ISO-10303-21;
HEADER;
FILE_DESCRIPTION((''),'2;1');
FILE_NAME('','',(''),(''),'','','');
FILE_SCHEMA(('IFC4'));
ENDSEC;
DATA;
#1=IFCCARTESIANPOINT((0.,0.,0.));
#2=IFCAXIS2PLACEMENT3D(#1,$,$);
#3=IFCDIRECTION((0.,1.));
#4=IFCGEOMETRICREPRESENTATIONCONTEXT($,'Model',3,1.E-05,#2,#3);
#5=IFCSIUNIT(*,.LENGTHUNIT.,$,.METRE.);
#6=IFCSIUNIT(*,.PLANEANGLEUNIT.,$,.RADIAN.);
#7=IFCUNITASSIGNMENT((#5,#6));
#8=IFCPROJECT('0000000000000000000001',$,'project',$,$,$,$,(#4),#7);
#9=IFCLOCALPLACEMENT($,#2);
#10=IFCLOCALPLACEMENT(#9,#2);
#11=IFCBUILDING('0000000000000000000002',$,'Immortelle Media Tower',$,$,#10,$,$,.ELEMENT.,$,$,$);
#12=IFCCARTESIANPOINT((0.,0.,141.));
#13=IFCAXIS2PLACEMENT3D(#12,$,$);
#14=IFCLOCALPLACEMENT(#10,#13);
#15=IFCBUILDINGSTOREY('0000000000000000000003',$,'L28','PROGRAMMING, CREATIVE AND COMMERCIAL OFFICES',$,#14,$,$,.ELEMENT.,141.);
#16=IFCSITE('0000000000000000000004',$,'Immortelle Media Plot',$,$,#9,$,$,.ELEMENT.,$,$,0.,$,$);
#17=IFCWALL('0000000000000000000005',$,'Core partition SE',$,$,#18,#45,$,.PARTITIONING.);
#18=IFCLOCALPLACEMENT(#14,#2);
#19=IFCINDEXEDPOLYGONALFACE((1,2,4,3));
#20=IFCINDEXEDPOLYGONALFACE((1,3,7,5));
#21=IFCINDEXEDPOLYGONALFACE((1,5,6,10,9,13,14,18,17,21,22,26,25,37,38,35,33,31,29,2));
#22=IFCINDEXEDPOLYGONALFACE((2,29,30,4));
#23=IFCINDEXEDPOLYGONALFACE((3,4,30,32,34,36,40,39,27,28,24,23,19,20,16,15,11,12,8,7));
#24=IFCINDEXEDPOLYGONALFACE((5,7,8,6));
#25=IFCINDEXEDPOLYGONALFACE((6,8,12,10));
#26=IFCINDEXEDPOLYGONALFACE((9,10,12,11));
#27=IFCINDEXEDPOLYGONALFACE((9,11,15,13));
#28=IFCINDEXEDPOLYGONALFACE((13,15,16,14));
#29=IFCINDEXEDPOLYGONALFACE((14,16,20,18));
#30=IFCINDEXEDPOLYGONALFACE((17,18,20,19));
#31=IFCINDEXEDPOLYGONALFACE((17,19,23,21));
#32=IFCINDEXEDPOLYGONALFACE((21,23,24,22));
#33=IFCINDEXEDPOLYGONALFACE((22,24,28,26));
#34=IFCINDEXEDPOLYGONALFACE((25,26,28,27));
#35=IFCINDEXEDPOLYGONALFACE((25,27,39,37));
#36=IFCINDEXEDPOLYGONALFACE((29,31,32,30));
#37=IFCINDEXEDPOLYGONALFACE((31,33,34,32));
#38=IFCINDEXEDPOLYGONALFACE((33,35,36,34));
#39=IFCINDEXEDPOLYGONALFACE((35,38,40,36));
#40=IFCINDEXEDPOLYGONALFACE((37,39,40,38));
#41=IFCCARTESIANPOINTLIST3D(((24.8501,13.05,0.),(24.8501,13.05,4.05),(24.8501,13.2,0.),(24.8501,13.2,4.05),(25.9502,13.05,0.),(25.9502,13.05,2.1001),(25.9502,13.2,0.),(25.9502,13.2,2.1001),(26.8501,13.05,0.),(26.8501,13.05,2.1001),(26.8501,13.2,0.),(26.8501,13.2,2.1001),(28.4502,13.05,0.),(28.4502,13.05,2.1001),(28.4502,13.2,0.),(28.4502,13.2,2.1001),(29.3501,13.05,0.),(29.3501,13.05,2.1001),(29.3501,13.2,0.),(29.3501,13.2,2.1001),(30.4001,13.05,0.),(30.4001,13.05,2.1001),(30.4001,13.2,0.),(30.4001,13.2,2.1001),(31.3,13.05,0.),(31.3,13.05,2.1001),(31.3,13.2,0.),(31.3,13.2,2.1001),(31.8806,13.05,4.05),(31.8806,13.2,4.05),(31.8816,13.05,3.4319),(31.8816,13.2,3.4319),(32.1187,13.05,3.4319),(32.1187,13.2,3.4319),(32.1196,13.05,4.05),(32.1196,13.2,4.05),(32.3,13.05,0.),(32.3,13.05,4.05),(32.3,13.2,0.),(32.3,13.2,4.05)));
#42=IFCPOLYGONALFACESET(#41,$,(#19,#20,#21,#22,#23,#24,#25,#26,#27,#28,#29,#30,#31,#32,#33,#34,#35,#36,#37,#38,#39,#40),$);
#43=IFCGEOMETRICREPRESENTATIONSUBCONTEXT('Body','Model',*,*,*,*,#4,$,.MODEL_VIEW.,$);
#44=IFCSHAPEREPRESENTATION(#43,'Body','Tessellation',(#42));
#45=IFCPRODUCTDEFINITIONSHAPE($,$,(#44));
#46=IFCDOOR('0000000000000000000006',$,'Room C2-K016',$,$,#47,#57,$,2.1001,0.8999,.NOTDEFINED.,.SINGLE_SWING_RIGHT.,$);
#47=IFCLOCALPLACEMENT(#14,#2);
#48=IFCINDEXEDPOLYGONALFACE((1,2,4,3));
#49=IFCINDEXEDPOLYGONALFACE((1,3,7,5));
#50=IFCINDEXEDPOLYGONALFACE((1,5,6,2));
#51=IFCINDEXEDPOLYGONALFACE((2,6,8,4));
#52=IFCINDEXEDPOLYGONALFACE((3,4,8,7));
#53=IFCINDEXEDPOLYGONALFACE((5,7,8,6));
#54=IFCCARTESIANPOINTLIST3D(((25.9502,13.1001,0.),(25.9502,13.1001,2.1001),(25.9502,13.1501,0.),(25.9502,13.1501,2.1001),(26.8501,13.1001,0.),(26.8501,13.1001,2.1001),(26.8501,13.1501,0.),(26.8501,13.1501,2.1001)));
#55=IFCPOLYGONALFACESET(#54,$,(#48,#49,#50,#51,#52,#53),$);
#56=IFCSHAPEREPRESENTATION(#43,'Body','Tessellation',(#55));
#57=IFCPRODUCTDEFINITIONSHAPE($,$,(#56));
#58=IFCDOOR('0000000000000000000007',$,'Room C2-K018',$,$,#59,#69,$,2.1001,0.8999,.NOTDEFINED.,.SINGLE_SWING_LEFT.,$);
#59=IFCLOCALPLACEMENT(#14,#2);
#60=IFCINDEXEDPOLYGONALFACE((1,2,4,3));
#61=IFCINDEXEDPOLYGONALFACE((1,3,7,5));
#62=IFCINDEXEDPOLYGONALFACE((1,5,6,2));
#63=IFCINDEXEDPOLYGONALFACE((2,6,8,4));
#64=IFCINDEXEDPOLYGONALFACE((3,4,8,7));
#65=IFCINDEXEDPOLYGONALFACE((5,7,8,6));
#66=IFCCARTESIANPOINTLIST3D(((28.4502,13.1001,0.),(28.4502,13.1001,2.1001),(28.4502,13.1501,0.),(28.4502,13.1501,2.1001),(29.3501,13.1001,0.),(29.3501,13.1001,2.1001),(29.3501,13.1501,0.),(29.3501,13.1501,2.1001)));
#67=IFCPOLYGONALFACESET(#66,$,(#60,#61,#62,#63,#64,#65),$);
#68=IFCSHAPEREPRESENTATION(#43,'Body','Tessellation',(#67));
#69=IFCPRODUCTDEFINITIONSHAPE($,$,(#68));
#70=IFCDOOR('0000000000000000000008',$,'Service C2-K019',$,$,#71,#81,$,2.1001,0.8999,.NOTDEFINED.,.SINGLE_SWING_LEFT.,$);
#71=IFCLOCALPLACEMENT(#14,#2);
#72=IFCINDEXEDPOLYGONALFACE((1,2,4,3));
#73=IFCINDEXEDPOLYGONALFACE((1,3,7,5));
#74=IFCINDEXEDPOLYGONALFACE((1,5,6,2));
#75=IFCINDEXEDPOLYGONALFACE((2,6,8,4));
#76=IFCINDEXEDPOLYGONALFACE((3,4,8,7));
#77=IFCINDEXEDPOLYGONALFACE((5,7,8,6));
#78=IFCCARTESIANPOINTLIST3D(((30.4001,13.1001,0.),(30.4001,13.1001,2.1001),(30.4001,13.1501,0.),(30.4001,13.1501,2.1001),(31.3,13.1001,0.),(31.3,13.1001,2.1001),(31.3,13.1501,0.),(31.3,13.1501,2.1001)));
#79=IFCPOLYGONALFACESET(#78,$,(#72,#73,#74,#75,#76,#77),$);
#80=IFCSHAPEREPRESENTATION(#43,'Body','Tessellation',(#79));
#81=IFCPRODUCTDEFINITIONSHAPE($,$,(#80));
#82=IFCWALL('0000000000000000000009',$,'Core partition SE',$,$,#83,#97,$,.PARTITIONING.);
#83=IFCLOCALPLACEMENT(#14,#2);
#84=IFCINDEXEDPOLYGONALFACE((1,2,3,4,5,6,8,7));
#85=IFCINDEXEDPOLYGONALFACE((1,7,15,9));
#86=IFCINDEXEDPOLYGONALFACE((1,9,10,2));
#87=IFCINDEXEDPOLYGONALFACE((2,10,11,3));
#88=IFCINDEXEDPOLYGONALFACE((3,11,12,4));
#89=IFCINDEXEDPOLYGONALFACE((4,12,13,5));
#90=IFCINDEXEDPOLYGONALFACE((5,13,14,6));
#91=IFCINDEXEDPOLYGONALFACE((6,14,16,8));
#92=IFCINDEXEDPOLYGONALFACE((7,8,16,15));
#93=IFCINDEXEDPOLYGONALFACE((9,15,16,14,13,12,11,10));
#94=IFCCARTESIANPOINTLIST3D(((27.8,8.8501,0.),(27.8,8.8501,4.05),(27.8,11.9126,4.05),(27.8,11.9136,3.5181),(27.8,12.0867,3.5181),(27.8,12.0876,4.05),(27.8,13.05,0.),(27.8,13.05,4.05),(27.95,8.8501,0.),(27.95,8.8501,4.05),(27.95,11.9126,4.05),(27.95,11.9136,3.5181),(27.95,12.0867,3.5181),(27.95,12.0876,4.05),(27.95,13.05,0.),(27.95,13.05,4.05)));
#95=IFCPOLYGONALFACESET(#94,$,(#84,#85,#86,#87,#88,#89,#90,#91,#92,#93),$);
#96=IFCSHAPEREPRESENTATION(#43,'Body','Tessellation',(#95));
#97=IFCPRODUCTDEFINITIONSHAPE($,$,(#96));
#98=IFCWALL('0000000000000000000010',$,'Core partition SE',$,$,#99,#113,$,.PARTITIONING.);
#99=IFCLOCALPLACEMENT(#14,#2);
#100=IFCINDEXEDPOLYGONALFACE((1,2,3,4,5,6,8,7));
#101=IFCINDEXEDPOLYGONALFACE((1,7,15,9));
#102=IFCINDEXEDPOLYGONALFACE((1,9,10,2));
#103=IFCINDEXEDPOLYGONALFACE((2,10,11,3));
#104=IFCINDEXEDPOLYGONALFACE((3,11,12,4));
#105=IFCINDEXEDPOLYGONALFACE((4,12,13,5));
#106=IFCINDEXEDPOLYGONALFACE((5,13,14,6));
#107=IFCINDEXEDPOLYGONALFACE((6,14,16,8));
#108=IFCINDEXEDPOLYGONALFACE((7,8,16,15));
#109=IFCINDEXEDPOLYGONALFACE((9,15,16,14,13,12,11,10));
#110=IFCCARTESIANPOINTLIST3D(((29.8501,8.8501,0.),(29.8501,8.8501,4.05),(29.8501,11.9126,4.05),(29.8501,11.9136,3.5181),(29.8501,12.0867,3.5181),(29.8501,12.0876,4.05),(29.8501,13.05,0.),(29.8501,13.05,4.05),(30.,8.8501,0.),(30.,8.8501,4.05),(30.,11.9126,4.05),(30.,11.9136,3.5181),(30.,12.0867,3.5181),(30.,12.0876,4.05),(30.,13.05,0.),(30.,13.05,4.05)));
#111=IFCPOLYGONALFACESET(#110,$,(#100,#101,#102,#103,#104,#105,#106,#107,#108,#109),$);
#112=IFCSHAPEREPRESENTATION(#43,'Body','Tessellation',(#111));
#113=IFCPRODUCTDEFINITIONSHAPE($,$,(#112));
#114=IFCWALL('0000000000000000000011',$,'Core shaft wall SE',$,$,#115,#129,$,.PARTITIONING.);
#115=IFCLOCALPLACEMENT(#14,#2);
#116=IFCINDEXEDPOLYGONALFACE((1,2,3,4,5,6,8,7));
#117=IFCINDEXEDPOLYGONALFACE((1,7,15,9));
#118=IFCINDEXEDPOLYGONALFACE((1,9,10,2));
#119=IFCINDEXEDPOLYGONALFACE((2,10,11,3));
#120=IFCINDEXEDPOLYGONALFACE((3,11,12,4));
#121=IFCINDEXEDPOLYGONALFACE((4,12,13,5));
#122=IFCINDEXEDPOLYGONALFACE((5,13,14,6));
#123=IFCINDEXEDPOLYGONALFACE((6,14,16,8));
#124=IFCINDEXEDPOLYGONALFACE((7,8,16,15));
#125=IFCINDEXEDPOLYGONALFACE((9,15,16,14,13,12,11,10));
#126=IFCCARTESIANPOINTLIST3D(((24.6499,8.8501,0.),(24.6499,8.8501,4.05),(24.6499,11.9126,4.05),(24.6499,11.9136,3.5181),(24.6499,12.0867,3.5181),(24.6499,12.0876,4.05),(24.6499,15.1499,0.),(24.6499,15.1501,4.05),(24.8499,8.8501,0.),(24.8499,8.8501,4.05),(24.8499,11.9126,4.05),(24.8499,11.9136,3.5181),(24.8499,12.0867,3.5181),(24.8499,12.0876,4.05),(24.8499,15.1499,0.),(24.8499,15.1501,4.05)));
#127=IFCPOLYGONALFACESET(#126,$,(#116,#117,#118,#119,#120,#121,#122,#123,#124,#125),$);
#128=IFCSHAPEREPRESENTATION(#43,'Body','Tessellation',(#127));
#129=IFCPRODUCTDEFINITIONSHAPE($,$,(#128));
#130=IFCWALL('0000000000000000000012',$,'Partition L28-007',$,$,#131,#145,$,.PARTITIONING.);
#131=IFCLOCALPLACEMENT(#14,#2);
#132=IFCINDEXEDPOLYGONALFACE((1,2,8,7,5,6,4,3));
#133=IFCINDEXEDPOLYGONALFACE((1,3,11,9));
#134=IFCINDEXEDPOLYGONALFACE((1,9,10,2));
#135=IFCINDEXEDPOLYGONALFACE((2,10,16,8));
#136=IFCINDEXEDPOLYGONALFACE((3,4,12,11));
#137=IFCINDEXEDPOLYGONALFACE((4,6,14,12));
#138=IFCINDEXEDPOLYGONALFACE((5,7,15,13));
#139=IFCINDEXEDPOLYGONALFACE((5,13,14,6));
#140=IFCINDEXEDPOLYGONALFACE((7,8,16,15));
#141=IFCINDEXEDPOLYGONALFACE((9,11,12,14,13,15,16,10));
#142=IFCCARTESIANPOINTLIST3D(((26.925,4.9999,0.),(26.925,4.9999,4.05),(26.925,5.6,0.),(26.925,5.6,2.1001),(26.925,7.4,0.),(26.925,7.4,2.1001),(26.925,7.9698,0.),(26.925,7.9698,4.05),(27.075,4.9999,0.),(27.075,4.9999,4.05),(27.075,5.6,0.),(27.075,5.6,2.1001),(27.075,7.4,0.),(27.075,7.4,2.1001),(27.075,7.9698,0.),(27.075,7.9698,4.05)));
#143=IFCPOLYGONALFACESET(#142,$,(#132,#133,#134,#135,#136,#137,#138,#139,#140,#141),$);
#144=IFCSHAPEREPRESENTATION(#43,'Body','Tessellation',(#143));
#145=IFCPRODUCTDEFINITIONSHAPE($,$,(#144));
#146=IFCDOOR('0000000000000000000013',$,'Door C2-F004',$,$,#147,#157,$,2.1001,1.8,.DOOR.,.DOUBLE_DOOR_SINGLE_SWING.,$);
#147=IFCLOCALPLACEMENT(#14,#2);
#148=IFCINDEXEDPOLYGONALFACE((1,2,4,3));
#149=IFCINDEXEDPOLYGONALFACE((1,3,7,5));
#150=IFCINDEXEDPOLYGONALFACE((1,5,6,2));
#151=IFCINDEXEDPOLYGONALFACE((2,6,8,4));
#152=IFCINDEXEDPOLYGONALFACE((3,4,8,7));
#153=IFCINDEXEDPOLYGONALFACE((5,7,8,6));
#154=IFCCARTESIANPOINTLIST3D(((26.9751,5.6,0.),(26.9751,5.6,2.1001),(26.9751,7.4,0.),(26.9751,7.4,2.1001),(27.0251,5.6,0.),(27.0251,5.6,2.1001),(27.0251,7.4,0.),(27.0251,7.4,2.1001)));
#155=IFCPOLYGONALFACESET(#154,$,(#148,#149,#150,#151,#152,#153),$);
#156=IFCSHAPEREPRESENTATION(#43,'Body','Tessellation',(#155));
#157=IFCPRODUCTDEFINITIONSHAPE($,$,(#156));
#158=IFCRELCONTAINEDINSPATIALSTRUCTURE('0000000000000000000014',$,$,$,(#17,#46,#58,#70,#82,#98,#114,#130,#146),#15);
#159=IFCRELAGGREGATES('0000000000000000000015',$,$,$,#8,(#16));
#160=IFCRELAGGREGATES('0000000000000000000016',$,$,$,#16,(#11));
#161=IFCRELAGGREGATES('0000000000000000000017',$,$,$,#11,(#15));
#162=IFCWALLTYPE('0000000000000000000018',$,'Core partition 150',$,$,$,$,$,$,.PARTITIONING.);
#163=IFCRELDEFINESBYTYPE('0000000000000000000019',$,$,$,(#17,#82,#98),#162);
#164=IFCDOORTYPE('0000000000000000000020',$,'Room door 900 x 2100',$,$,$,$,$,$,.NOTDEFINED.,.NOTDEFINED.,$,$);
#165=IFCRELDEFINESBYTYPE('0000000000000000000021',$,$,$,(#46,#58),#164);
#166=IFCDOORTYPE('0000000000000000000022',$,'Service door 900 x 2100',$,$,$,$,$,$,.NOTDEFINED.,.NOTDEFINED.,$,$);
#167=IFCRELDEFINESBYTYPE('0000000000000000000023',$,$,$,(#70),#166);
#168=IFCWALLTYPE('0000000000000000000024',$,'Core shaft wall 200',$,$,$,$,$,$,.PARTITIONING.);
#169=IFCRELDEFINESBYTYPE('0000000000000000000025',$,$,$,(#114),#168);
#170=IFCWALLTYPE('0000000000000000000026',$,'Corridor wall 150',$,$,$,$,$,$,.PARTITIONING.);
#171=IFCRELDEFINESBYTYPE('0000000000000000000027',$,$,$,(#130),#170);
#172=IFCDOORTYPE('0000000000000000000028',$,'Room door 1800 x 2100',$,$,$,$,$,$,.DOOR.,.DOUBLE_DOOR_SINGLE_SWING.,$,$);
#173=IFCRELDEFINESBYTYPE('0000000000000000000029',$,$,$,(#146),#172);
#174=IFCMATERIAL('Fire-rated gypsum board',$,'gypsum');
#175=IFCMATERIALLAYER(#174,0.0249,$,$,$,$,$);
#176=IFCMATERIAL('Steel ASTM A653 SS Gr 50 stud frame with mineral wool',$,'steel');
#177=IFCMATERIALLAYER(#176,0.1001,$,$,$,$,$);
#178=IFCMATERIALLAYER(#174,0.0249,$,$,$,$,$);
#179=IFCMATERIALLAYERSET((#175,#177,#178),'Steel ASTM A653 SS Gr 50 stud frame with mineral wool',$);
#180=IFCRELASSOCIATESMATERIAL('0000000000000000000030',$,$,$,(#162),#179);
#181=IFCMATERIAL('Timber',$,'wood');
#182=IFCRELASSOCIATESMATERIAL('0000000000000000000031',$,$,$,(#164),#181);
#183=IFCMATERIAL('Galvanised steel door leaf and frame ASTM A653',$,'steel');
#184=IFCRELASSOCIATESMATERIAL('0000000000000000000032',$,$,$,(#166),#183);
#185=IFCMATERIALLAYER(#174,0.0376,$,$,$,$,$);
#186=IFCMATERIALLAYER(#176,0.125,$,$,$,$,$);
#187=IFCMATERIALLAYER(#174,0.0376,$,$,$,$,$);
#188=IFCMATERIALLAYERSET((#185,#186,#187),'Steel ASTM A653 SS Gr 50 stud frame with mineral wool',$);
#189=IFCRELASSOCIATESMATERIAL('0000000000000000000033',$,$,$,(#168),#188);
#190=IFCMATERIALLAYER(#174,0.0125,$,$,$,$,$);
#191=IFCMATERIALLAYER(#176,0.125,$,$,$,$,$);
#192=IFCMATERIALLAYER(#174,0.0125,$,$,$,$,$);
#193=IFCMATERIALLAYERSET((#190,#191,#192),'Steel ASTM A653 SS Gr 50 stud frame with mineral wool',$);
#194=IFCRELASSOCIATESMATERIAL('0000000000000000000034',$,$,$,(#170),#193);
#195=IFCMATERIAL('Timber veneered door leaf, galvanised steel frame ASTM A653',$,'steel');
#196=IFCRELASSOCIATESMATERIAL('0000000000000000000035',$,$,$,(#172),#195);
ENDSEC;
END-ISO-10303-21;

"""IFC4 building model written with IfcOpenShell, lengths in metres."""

from ifc_helpers import new_model, si_unit, direction, frame, frame_2d, origin, place, context, subcontext, project, spatial, polyline, rectangle, outline, extrude, material, layer, layer_set, type_object, element, fill, save


model = new_model("IFC4")

# Units and contexts
model_context = context("Model", 3, precision=1e-05, world=origin(), true_north=direction((0.0, 1.0)))
body_context = subcontext(model_context, "Body", "Model", "MODEL_VIEW")
ifc_project = project(units=[si_unit("LENGTHUNIT", "METRE"), si_unit("PLANEANGLEUNIT", "RADIAN")], contexts=[model_context])

# Site, building, storey
site_placement = place(None, origin())
site = spatial("IfcSite", under=ifc_project, at=site_placement, Name="Immortelle Media Plot", CompositionType="ELEMENT", RefElevation=0.0)
building_placement = place(site_placement, origin())
building = spatial("IfcBuilding", under=site, at=building_placement, Name="Immortelle Media Tower", CompositionType="ELEMENT")
storey_placement = place(building_placement, frame((0.0, 0.0, 141.0)))
storey = spatial("IfcBuildingStorey", under=building, at=storey_placement, Name="L28", Description="PROGRAMMING, CREATIVE AND COMMERCIAL OFFICES", CompositionType="ELEMENT", Elevation=141.0)

# Wall, openings, doors
ifc_material_1 = material(Name="Fire-rated gypsum board", Category="gypsum")
ifc_layer_1 = layer(ifc_material_1, 0.0249)
ifc_material_2 = material(Name="Steel ASTM A653 SS Gr 50 stud frame with mineral wool", Category="steel")
ifc_layer_2 = layer(ifc_material_2, 0.1001)
ifc_layer_3 = layer(ifc_material_1, 0.0249)
ifc_layer_set_1 = layer_set([ifc_layer_1, ifc_layer_2, ifc_layer_3], Name="Steel ASTM A653 SS Gr 50 stud frame with mineral wool")
wall_type_1 = type_object("IfcWallType", Name="Core partition 150", PredefinedType="PARTITIONING", material=ifc_layer_set_1)
wall_1_placement = place(storey_placement, frame((24.8501, 13.125, 0.0), z_axis=(0.0, 0.0, 1.0), x_axis=(1.0, 0.0, 0.0)))
wall_1 = element("IfcWall", 1, at=wall_1_placement, inside=storey, type_object=wall_type_1, Name="Core partition SE", PredefinedType="PARTITIONING", context=body_context, shape_type="SweptSolid", body=[
    extrude(outline(polyline([(0.0, 0.0), (7.45, 0.0), (7.45, 4.05), (7.2695, 4.05), (7.2686, 3.4319), (7.0315, 3.4319), (7.0305, 4.05), (0.0, 4.05), (0.0, 0.0)])), frame((0.0, 0.075, 0.0), z_axis=(0.0, -1.0, 0.0), x_axis=(1.0, 0.0, 0.0)), (0.0, 0.0, 1.0), 0.1499),
])
opening_1_placement = place(wall_1_placement, frame((2.0, 0.0, 0.0), z_axis=(0.0, 0.0, 1.0), x_axis=(-1.0, 0.0, 0.0)))
opening_1 = element("IfcOpeningElement", 2, at=opening_1_placement, cuts=wall_1, PredefinedType="OPENING", context=body_context, shape_type="SweptSolid", body=[
    extrude(rectangle(XDim=0.8999, YDim=2.1001, at=frame_2d((0.45, 1.05))), frame((0.0, 0.085, 0.0), z_axis=(0.0, -1.0, 0.0), x_axis=(1.0, 0.0, 0.0)), (0.0, 0.0, 1.0), 0.1699),
])
opening_2_placement = place(wall_1_placement, frame((4.5, 0.0, 0.0), z_axis=(0.0, 0.0, 1.0), x_axis=(-1.0, 0.0, 0.0)))
opening_2 = element("IfcOpeningElement", 3, at=opening_2_placement, cuts=wall_1, PredefinedType="OPENING", context=body_context, shape_type="SweptSolid", body=[
    extrude(rectangle(XDim=0.8999, YDim=2.1001, at=frame_2d((0.45, 1.05))), frame((0.0, 0.085, 0.0), z_axis=(0.0, -1.0, 0.0), x_axis=(1.0, 0.0, 0.0)), (0.0, 0.0, 1.0), 0.1699),
])
opening_3_placement = place(wall_1_placement, frame((6.45, 0.0, 0.0), z_axis=(0.0, 0.0, 1.0), x_axis=(-1.0, 0.0, 0.0)))
opening_3 = element("IfcOpeningElement", 4, at=opening_3_placement, cuts=wall_1, PredefinedType="OPENING", context=body_context, shape_type="SweptSolid", body=[
    extrude(rectangle(XDim=0.8999, YDim=2.1001, at=frame_2d((0.45, 1.05))), frame((0.0, 0.085, 0.0), z_axis=(0.0, -1.0, 0.0), x_axis=(1.0, 0.0, 0.0)), (0.0, 0.0, 1.0), 0.1699),
])
ifc_material_3 = material(Name="Timber", Category="wood")
door_type_1 = type_object("IfcDoorType", Name="Room door 900 x 2100", OperationType="NOTDEFINED", PredefinedType="NOTDEFINED", material=ifc_material_3)
door_1_placement = place(opening_1_placement, origin())
door_1 = element("IfcDoor", 5, at=door_1_placement, inside=storey, type_object=door_type_1, Name="Room C2-K016", OperationType="SINGLE_SWING_RIGHT", OverallHeight=2.1001, OverallWidth=0.8999, PredefinedType="NOTDEFINED", context=body_context, shape_type="SweptSolid", body=[
    extrude(rectangle(XDim=0.8999, YDim=2.1001, at=frame_2d((0.45, 1.05))), frame((0.0, 0.0249, 0.0), z_axis=(0.0, -1.0, 0.0), x_axis=(1.0, 0.0, 0.0)), (0.0, 0.0, 1.0), 0.05),
])
fill(opening_1, door_1)
door_2_placement = place(opening_2_placement, origin())
door_2 = element("IfcDoor", 6, at=door_2_placement, inside=storey, type_object=door_type_1, Name="Room C2-K018", OperationType="SINGLE_SWING_LEFT", OverallHeight=2.1001, OverallWidth=0.8999, PredefinedType="NOTDEFINED", context=body_context, shape_type="SweptSolid", body=[
    extrude(rectangle(XDim=0.8999, YDim=2.1001, at=frame_2d((0.45, 1.05))), frame((0.0, 0.0249, 0.0), z_axis=(0.0, -1.0, 0.0), x_axis=(1.0, 0.0, 0.0)), (0.0, 0.0, 1.0), 0.05),
])
fill(opening_2, door_2)
ifc_material_4 = material(Name="Galvanised steel door leaf and frame ASTM A653", Category="steel")
door_type_2 = type_object("IfcDoorType", Name="Service door 900 x 2100", OperationType="NOTDEFINED", PredefinedType="NOTDEFINED", material=ifc_material_4)
door_3_placement = place(opening_3_placement, origin())
door_3 = element("IfcDoor", 7, at=door_3_placement, inside=storey, type_object=door_type_2, Name="Service C2-K019", OperationType="SINGLE_SWING_LEFT", OverallHeight=2.1001, OverallWidth=0.8999, PredefinedType="NOTDEFINED", context=body_context, shape_type="SweptSolid", body=[
    extrude(rectangle(XDim=0.8999, YDim=2.1001, at=frame_2d((0.45, 1.05))), frame((0.0, 0.0249, 0.0), z_axis=(0.0, -1.0, 0.0), x_axis=(1.0, 0.0, 0.0)), (0.0, 0.0, 1.0), 0.05),
])
fill(opening_3, door_3)

# Walls
for number, where, z_axis, x_axis, name in (
    (8, (27.875, 8.8501, 0.0), (0.0, 0.0, 1.0), (0.0, 1.0, 0.0), "Core partition SE"),
    (9, (29.925, 8.8501, 0.0), (0.0, 0.0, 1.0), (0.0, 1.0, 0.0), "Core partition SE"),
):
    element("IfcWall", number, at=place(storey_placement, frame(where, z_axis=z_axis, x_axis=x_axis)), inside=storey, type_object=wall_type_1, Name=name, PredefinedType="PARTITIONING", context=body_context, shape_type="SweptSolid", body=[
        extrude(outline(polyline([(0.0, 0.0), (4.2, 0.0), (4.2, 4.05), (3.2375, 4.05), (3.2366, 3.5181), (3.0635, 3.5181), (3.0625, 4.05), (0.0, 4.05), (0.0, 0.0)])), frame((0.0, 0.075, 0.0), z_axis=(0.0, -1.0, 0.0), x_axis=(1.0, 0.0, 0.0)), (0.0, 0.0, 1.0), 0.1499),
    ])
ifc_layer_4 = layer(ifc_material_1, 0.0376)
ifc_layer_5 = layer(ifc_material_2, 0.125)
ifc_layer_6 = layer(ifc_material_1, 0.0376)
ifc_layer_set_2 = layer_set([ifc_layer_4, ifc_layer_5, ifc_layer_6], Name="Steel ASTM A653 SS Gr 50 stud frame with mineral wool")
wall_type_2 = type_object("IfcWallType", Name="Core shaft wall 200", PredefinedType="PARTITIONING", material=ifc_layer_set_2)
wall_2_placement = place(storey_placement, frame((24.75, 8.8501, 0.0), z_axis=(0.0, 0.0, 1.0), x_axis=(0.0, 1.0, 0.0)))
element("IfcWall", 10, at=wall_2_placement, inside=storey, type_object=wall_type_2, Name="Core shaft wall SE", PredefinedType="PARTITIONING", context=body_context, shape_type="SweptSolid", body=[
    extrude(outline(polyline([(0.0, 0.0), (6.2998, 0.0), (6.3, 4.05), (3.2375, 4.05), (3.2366, 3.5181), (3.0635, 3.5181), (3.0625, 4.05), (0.0, 4.05), (0.0, 0.0)])), frame((0.0, 0.1001, 0.0), z_axis=(0.0, -1.0, 0.0), x_axis=(1.0, 0.0, 0.0)), (0.0, 0.0, 1.0), 0.2),
])

# Wall, opening, door
ifc_layer_7 = layer(ifc_material_1, 0.0125)
ifc_layer_8 = layer(ifc_material_2, 0.125)
ifc_layer_9 = layer(ifc_material_1, 0.0125)
ifc_layer_set_3 = layer_set([ifc_layer_7, ifc_layer_8, ifc_layer_9], Name="Steel ASTM A653 SS Gr 50 stud frame with mineral wool")
wall_type_3 = type_object("IfcWallType", Name="Corridor wall 150", PredefinedType="PARTITIONING", material=ifc_layer_set_3)
wall_3_placement = place(storey_placement, frame((27.0, 5.0, 0.0), z_axis=(0.0, 0.0, 1.0), x_axis=(0.0, 1.0, 0.0)))
wall_3 = element("IfcWall", 11, at=wall_3_placement, inside=storey, type_object=wall_type_3, Name="Partition L28-007", PredefinedType="PARTITIONING", context=body_context, shape_type="SweptSolid", body=[
    extrude(rectangle(XDim=2.97, YDim=0.1499, at=frame_2d((1.4849, 0.0))), origin(), (0.0, 0.0, 1.0), 4.05),
])
opening_4_placement = place(wall_3_placement, frame((0.6001, 0.0, 0.0)))
opening_4 = element("IfcOpeningElement", 12, at=opening_4_placement, cuts=wall_3, PredefinedType="OPENING", context=body_context, shape_type="SweptSolid", body=[
    extrude(rectangle(XDim=1.8, YDim=2.1001, at=frame_2d((0.8999, 1.05))), frame((0.0, 0.085, 0.0), z_axis=(0.0, -1.0, 0.0), x_axis=(1.0, 0.0, 0.0)), (0.0, 0.0, 1.0), 0.1699),
])
ifc_material_5 = material(Name="Timber veneered door leaf, galvanised steel frame ASTM A653", Category="steel")
door_type_3 = type_object("IfcDoorType", Name="Room door 1800 x 2100", OperationType="DOUBLE_DOOR_SINGLE_SWING", PredefinedType="DOOR", material=ifc_material_5)
door_4_placement = place(opening_4_placement, origin())
door_4 = element("IfcDoor", 13, at=door_4_placement, inside=storey, type_object=door_type_3, Name="Door C2-F004", OperationType="DOUBLE_DOOR_SINGLE_SWING", OverallHeight=2.1001, OverallWidth=1.8, PredefinedType="DOOR", context=body_context, shape_type="SweptSolid", body=[
    extrude(rectangle(XDim=1.8, YDim=2.1001, at=frame_2d((0.8999, 1.05))), frame((0.0, 0.0249, 0.0), z_axis=(0.0, -1.0, 0.0), x_axis=(1.0, 0.0, 0.0)), (0.0, 0.0, 1.0), 0.05),
])
fill(opening_4, door_4)

save(model, "model.ifc")
